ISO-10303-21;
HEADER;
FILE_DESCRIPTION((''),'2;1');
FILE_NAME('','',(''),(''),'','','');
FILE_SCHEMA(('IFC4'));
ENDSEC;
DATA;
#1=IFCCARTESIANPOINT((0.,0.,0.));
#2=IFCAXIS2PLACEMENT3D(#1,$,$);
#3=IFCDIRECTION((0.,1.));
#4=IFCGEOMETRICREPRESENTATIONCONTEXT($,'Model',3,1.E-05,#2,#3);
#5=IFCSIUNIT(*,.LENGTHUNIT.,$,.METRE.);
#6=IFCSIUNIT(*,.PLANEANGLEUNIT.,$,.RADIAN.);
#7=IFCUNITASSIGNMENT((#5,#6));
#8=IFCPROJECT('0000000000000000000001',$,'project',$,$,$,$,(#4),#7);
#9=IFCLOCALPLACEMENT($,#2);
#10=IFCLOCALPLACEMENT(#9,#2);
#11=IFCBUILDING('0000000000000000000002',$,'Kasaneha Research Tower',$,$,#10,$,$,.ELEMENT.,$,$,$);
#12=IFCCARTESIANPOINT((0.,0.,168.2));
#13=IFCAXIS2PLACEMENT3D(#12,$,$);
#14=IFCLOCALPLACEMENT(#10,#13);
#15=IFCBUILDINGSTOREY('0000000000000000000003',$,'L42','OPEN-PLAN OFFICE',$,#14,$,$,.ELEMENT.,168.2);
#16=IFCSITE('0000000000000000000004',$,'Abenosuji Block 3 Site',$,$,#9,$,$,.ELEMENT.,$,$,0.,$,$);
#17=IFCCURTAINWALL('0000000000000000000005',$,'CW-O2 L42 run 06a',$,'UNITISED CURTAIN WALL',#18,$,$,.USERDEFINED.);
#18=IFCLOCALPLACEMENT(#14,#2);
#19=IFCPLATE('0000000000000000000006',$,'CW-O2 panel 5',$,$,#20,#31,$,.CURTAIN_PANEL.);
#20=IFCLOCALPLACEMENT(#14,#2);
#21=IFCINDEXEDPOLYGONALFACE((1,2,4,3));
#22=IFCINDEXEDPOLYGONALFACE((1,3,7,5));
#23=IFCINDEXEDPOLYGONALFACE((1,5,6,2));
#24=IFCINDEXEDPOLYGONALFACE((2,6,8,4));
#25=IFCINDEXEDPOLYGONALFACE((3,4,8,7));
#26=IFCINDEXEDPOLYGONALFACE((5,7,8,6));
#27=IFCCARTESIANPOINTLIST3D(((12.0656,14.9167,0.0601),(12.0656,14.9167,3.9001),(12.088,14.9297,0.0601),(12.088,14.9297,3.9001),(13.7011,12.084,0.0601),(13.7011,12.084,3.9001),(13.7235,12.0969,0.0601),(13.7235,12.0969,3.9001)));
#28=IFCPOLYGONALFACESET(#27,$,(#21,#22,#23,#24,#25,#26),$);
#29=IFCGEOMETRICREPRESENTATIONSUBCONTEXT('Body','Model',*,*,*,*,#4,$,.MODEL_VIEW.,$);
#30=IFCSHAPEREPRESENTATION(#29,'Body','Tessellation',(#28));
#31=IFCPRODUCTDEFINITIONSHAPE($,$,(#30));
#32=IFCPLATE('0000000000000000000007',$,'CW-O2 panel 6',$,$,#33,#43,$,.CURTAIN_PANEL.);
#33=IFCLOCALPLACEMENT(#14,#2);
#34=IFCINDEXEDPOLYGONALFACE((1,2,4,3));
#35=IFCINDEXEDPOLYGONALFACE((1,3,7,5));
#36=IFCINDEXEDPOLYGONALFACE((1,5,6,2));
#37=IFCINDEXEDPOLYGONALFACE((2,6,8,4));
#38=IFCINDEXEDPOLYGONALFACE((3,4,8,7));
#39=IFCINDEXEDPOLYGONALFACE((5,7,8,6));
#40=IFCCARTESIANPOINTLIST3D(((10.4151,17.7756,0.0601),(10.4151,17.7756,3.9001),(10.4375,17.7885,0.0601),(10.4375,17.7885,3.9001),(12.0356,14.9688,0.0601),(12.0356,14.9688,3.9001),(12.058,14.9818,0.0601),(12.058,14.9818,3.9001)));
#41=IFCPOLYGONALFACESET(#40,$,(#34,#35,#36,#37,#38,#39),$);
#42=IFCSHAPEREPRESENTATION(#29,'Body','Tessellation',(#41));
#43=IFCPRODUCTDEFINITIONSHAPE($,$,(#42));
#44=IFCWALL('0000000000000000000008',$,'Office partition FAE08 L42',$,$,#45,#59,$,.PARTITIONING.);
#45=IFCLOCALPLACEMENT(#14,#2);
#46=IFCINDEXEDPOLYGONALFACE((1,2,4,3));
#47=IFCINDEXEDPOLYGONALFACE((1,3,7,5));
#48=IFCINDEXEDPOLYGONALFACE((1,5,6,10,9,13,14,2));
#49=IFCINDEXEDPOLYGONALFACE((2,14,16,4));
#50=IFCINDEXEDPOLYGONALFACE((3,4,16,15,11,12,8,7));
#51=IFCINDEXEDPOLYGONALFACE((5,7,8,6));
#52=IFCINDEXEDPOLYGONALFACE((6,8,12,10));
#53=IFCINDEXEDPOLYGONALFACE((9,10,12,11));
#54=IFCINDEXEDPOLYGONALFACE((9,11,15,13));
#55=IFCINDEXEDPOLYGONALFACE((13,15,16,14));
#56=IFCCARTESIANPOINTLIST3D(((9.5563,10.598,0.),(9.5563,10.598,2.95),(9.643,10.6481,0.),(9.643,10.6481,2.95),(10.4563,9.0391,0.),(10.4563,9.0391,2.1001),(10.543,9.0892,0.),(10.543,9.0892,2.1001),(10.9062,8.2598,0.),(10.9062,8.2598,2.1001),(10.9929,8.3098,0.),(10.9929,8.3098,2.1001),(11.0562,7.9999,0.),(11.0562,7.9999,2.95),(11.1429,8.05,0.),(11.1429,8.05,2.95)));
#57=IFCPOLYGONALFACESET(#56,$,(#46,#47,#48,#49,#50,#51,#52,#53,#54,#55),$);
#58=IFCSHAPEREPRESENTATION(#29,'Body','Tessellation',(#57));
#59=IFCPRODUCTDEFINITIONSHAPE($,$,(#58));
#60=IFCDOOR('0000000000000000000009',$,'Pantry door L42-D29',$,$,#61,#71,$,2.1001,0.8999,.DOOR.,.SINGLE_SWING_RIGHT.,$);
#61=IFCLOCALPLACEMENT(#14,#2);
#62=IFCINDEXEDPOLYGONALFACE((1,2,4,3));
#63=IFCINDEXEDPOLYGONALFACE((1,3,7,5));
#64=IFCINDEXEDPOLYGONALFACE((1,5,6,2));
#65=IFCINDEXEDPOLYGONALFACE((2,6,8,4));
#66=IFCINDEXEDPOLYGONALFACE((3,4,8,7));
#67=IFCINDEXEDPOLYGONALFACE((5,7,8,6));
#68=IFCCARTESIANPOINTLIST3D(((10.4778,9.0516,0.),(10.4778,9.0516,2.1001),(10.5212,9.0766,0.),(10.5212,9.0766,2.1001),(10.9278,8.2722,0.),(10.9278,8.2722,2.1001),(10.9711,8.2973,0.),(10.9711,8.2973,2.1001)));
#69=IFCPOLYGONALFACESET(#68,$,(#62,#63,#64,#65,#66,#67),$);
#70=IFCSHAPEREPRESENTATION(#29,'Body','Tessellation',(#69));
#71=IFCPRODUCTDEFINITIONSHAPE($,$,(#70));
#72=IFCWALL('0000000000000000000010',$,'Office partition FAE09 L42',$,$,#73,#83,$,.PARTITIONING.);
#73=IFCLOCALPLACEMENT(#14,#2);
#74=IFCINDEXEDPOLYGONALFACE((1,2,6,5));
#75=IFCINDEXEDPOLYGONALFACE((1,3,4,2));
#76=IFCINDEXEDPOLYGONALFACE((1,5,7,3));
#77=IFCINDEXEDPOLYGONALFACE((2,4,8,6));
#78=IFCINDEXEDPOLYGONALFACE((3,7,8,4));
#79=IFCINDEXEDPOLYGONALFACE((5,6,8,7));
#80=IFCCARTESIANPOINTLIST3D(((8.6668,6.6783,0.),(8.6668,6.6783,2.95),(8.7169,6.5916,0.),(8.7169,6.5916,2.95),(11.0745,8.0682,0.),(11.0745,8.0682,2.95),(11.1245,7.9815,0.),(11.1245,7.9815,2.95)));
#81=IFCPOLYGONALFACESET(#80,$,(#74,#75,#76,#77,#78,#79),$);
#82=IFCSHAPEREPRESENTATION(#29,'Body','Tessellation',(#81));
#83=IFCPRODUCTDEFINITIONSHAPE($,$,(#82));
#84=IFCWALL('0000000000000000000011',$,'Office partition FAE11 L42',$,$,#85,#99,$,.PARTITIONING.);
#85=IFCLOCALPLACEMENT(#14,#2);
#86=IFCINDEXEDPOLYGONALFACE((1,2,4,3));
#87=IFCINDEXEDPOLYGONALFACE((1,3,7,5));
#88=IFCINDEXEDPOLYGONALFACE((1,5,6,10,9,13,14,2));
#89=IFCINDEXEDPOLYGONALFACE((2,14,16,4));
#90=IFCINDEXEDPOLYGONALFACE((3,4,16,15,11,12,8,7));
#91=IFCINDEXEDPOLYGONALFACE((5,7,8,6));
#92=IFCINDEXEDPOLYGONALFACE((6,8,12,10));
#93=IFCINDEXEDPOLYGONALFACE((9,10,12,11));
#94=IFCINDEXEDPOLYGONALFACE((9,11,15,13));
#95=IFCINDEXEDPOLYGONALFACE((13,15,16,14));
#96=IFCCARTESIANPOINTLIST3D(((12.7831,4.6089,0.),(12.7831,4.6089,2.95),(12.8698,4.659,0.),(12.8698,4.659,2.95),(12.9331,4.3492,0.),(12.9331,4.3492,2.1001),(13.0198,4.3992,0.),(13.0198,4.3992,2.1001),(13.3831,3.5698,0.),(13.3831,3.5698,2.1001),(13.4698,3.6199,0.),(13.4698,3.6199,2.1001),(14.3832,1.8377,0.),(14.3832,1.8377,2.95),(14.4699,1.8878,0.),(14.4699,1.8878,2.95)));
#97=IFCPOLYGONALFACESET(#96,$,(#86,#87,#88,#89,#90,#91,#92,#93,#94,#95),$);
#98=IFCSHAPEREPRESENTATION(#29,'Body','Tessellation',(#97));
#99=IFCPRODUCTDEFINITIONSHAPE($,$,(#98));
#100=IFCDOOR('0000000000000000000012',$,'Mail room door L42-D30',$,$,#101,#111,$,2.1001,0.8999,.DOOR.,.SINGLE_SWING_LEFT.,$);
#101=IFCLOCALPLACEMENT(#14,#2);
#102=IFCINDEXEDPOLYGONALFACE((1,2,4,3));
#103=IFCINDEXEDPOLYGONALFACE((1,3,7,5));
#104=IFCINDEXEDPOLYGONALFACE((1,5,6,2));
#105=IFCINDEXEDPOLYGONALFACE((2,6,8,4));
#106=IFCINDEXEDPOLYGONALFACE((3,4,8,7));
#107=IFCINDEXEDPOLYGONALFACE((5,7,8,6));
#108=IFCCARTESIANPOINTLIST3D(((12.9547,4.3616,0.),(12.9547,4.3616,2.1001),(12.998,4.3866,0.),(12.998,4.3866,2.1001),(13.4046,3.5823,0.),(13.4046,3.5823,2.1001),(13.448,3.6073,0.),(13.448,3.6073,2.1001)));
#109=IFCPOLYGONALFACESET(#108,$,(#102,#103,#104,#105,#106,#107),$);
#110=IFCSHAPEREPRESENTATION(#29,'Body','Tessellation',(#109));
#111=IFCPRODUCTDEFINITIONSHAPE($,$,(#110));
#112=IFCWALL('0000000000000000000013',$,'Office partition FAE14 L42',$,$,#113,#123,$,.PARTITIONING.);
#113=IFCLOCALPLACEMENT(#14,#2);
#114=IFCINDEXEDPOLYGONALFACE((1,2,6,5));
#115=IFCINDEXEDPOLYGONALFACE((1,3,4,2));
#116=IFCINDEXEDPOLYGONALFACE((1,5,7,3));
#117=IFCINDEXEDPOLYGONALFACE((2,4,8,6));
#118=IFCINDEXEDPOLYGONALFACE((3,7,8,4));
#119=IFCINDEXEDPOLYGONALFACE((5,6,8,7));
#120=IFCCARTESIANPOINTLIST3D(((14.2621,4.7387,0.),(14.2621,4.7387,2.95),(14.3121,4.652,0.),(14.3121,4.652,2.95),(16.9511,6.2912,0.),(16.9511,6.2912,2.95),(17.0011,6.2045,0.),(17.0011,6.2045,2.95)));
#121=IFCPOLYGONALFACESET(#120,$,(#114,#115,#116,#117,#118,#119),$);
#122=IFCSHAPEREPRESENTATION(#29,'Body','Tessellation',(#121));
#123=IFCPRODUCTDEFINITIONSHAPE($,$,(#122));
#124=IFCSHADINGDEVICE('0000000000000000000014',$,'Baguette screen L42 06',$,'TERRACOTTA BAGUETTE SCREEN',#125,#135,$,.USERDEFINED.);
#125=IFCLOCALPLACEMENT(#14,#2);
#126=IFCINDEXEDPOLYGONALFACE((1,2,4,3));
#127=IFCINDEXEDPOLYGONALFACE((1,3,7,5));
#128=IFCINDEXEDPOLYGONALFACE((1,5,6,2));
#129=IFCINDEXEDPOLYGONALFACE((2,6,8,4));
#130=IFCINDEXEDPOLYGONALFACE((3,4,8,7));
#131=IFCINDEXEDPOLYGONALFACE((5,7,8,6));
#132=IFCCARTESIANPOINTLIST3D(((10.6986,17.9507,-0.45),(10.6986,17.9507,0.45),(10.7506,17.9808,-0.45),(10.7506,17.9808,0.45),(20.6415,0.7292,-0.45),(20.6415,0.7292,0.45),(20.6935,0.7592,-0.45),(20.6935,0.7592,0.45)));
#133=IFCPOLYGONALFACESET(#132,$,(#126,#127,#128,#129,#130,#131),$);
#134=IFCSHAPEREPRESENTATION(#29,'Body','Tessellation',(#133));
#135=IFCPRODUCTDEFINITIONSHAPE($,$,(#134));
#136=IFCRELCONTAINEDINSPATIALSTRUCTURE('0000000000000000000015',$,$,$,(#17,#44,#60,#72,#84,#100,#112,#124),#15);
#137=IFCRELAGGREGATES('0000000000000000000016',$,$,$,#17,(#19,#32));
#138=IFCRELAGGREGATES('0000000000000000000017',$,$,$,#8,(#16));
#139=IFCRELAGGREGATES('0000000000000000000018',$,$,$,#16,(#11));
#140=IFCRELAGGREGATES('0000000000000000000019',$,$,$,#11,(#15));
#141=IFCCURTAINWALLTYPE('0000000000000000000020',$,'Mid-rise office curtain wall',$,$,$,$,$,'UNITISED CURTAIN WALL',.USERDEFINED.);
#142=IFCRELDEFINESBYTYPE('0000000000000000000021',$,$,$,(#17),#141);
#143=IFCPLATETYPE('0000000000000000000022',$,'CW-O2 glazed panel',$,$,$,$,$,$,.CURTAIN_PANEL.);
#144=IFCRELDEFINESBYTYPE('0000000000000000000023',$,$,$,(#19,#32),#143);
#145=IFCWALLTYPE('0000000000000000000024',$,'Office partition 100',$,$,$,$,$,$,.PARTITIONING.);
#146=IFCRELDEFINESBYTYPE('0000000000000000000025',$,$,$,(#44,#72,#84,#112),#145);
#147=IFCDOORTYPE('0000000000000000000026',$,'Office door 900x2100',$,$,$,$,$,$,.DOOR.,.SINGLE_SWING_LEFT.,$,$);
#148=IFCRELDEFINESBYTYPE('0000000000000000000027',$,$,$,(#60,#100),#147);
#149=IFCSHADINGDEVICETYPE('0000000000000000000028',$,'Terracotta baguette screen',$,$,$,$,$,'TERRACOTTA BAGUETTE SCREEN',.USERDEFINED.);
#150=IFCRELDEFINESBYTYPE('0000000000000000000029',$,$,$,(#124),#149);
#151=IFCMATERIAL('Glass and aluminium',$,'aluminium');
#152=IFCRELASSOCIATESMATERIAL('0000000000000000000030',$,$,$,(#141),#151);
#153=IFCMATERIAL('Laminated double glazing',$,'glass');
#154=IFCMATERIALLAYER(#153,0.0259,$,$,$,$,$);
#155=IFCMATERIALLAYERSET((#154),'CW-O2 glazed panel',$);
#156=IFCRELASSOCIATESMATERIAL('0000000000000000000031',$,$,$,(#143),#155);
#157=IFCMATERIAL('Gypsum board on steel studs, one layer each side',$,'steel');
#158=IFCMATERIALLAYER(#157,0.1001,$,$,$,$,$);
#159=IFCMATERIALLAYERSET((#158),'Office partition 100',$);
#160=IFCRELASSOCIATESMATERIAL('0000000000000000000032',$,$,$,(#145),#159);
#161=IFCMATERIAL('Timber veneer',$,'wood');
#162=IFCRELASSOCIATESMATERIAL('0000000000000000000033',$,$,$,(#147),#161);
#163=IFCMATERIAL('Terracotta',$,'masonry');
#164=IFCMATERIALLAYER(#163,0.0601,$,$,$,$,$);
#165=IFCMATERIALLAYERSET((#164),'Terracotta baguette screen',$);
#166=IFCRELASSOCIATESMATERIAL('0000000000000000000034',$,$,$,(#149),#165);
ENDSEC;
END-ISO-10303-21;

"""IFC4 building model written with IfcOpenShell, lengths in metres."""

from ifc_helpers import new_model, si_unit, direction, frame, frame_2d, origin, origin_2d, place, context, subcontext, project, spatial, rectangle, extrude, material, layer, layer_set, type_object, element, fill, aggregate, save


model = new_model("IFC4")

# Units and contexts
model_context = context("Model", 3, precision=1e-05, world=origin(), true_north=direction((0.0, 1.0)))
body_context = subcontext(model_context, "Body", "Model", "MODEL_VIEW")
ifc_project = project(units=[si_unit("LENGTHUNIT", "METRE"), si_unit("PLANEANGLEUNIT", "RADIAN")], contexts=[model_context])

# Site, building, storey
site_placement = place(None, origin())
site = spatial("IfcSite", under=ifc_project, at=site_placement, Name="Abenosuji Block 3 Site", CompositionType="ELEMENT", RefElevation=0.0)
building_placement = place(site_placement, origin())
building = spatial("IfcBuilding", under=site, at=building_placement, Name="Kasaneha Research Tower", CompositionType="ELEMENT")
storey_placement = place(building_placement, frame((0.0, 0.0, 168.2)))
storey = spatial("IfcBuildingStorey", under=building, at=storey_placement, Name="L42", Description="OPEN-PLAN OFFICE", CompositionType="ELEMENT", Elevation=168.2)

# Curtain wall
ifc_material_1 = material(Name="Glass and aluminium", Category="aluminium")
curtain_wall_type = type_object("IfcCurtainWallType", Name="Mid-rise office curtain wall", ElementType="UNITISED CURTAIN WALL", PredefinedType="USERDEFINED", material=ifc_material_1)
curtain_wall_1_placement = place(storey_placement, origin())
curtain_wall_1 = element("IfcCurtainWall", 1, at=curtain_wall_1_placement, inside=storey, type_object=curtain_wall_type, Name="CW-O2 L42 run 06a", ObjectType="UNITISED CURTAIN WALL", PredefinedType="USERDEFINED")

# Plates
ifc_material_2 = material(Name="Laminated double glazing", Category="glass")
ifc_layer_1 = layer(ifc_material_2, 0.0259)
ifc_layer_set_1 = layer_set([ifc_layer_1], Name="CW-O2 glazed panel")
plate_type = type_object("IfcPlateType", Name="CW-O2 glazed panel", PredefinedType="CURTAIN_PANEL", material=ifc_layer_set_1)
plate_1_placement = place(storey_placement, frame((12.8945, 13.5068, 0.0601), z_axis=(0.0, 0.0, 1.0), x_axis=(-0.5, 0.866025, 0.0)))
plate_1 = element("IfcPlate", 2, at=plate_1_placement, type_object=plate_type, Name="CW-O2 panel 5", PredefinedType="CURTAIN_PANEL", context=body_context, shape_type="SweptSolid", body=[
    extrude(rectangle(XDim=3.271, YDim=0.0259, at=origin_2d()), origin(), (0.0, 0.0, 1.0), 3.8401),
])
plate_2_placement = place(storey_placement, frame((11.2366, 16.3787, 0.0601), z_axis=(0.0, 0.0, 1.0), x_axis=(-0.5, 0.866025, 0.0)))
plate_2 = element("IfcPlate", 3, at=plate_2_placement, type_object=plate_type, Name="CW-O2 panel 6", PredefinedType="CURTAIN_PANEL", context=body_context, shape_type="SweptSolid", body=[
    extrude(rectangle(XDim=3.241, YDim=0.0259, at=origin_2d()), origin(), (0.0, 0.0, 1.0), 3.8401),
])
aggregate(curtain_wall_1, [plate_1, plate_2])

# Wall, opening, door
ifc_material_3 = material(Name="Gypsum board on steel studs, one layer each side", Category="steel")
ifc_layer_2 = layer(ifc_material_3, 0.1001)
ifc_layer_set_2 = layer_set([ifc_layer_2], Name="Office partition 100")
wall_type = type_object("IfcWallType", Name="Office partition 100", PredefinedType="PARTITIONING", material=ifc_layer_set_2)
wall_1_placement = place(storey_placement, frame((9.5996, 10.623, 0.0), z_axis=(0.0, 0.0, 1.0), x_axis=(0.49999, -0.866031, 0.0)))
wall_1 = element("IfcWall", 4, at=wall_1_placement, inside=storey, type_object=wall_type, Name="Office partition FAE08 L42", PredefinedType="PARTITIONING", context=body_context, shape_type="SweptSolid", body=[
    extrude(rectangle(XDim=3.0, YDim=0.1001, at=frame_2d((1.5, 0.0))), origin(), (0.0, 0.0, 1.0), 2.95),
])
opening_1_placement = place(wall_1_placement, frame((1.8, 0.0, 0.0)))
opening_1 = element("IfcOpeningElement", 5, at=opening_1_placement, cuts=wall_1, PredefinedType="OPENING", context=body_context, shape_type="SweptSolid", body=[
    extrude(rectangle(XDim=0.8999, YDim=2.1001, at=frame_2d((0.45, 1.05))), frame((0.0, 0.0601, 0.0), z_axis=(0.0, -1.0, 0.0), x_axis=(1.0, 0.0, 0.0)), (0.0, 0.0, 1.0), 0.1201),
])
ifc_material_4 = material(Name="Timber veneer", Category="wood")
door_type = type_object("IfcDoorType", Name="Office door 900x2100", OperationType="SINGLE_SWING_LEFT", PredefinedType="DOOR", material=ifc_material_4)
door_1_placement = place(opening_1_placement, origin())
door_1 = element("IfcDoor", 6, at=door_1_placement, inside=storey, type_object=door_type, Name="Pantry door L42-D29", OperationType="SINGLE_SWING_RIGHT", OverallHeight=2.1001, OverallWidth=0.8999, PredefinedType="DOOR", context=body_context, shape_type="SweptSolid", body=[
    extrude(rectangle(XDim=0.8999, YDim=2.1001, at=frame_2d((0.45, 1.05))), frame((0.0, 0.0249, 0.0), z_axis=(0.0, -1.0, 0.0), x_axis=(1.0, 0.0, 0.0)), (0.0, 0.0, 1.0), 0.05),
])
fill(opening_1, door_1)

# Wall
wall_2_placement = place(storey_placement, frame((11.0996, 8.0249, 0.0), z_axis=(0.0, 0.0, 1.0), x_axis=(-0.866057, -0.499945, 0.0)))
element("IfcWall", 7, at=wall_2_placement, inside=storey, type_object=wall_type, Name="Office partition FAE09 L42", PredefinedType="PARTITIONING", context=body_context, shape_type="SweptSolid", body=[
    extrude(rectangle(XDim=2.78, YDim=0.1001, at=frame_2d((1.3901, 0.0))), origin(), (0.0, 0.0, 1.0), 2.95),
])

# Wall, opening, door
wall_3_placement = place(storey_placement, frame((12.8264, 4.634, 0.0), z_axis=(0.0, 0.0, 1.0), x_axis=(0.500028, -0.866009, 0.0)))
wall_3 = element("IfcWall", 8, at=wall_3_placement, inside=storey, type_object=wall_type, Name="Office partition FAE11 L42", PredefinedType="PARTITIONING", context=body_context, shape_type="SweptSolid", body=[
    extrude(rectangle(XDim=3.2, YDim=0.1001, at=frame_2d((1.6001, 0.0))), origin(), (0.0, 0.0, 1.0), 2.95),
])
opening_2_placement = place(wall_3_placement, frame((0.3, 0.0, 0.0)))
opening_2 = element("IfcOpeningElement", 9, at=opening_2_placement, cuts=wall_3, PredefinedType="OPENING", context=body_context, shape_type="SweptSolid", body=[
    extrude(rectangle(XDim=0.8999, YDim=2.1001, at=frame_2d((0.45, 1.05))), frame((0.0, 0.0601, 0.0), z_axis=(0.0, -1.0, 0.0), x_axis=(1.0, 0.0, 0.0)), (0.0, 0.0, 1.0), 0.1201),
])
door_2_placement = place(opening_2_placement, origin())
door_2 = element("IfcDoor", 10, at=door_2_placement, inside=storey, type_object=door_type, Name="Mail room door L42-D30", OperationType="SINGLE_SWING_LEFT", OverallHeight=2.1001, OverallWidth=0.8999, PredefinedType="DOOR", context=body_context, shape_type="SweptSolid", body=[
    extrude(rectangle(XDim=0.8999, YDim=2.1001, at=frame_2d((0.45, 1.05))), frame((0.0, 0.0249, 0.0), z_axis=(0.0, -1.0, 0.0), x_axis=(1.0, 0.0, 0.0)), (0.0, 0.0, 1.0), 0.05),
])
fill(opening_2, door_2)

# Wall
wall_4_placement = place(storey_placement, frame((14.2871, 4.6953, 0.0), z_axis=(0.0, 0.0, 1.0), x_axis=(0.866023, 0.500004, 0.0)))
element("IfcWall", 11, at=wall_4_placement, inside=storey, type_object=wall_type, Name="Office partition FAE14 L42", PredefinedType="PARTITIONING", context=body_context, shape_type="SweptSolid", body=[
    extrude(rectangle(XDim=3.105, YDim=0.1001, at=frame_2d((1.5525, 0.0))), origin(), (0.0, 0.0, 1.0), 2.95),
])

# Shading device
ifc_material_5 = material(Name="Terracotta", Category="masonry")
ifc_layer_3 = layer(ifc_material_5, 0.0601)
ifc_layer_set_3 = layer_set([ifc_layer_3], Name="Terracotta baguette screen")
shading_device_type = type_object("IfcShadingDeviceType", Name="Terracotta baguette screen", ElementType="TERRACOTTA BAGUETTE SCREEN", PredefinedType="USERDEFINED", material=ifc_layer_set_3)
shading_device_placement = place(storey_placement, frame((15.696, 9.355, -0.45), z_axis=(0.0, 0.0, 1.0), x_axis=(-0.5, 0.866025, 0.0)))
element("IfcShadingDevice", 12, at=shading_device_placement, inside=storey, type_object=shading_device_type, Name="Baguette screen L42 06", ObjectType="TERRACOTTA BAGUETTE SCREEN", PredefinedType="USERDEFINED", context=body_context, shape_type="SweptSolid", body=[
    extrude(rectangle(XDim=19.8857, YDim=0.0601, at=origin_2d()), origin(), (0.0, 0.0, 1.0), 0.8999),
])

save(model, "model.ifc")
